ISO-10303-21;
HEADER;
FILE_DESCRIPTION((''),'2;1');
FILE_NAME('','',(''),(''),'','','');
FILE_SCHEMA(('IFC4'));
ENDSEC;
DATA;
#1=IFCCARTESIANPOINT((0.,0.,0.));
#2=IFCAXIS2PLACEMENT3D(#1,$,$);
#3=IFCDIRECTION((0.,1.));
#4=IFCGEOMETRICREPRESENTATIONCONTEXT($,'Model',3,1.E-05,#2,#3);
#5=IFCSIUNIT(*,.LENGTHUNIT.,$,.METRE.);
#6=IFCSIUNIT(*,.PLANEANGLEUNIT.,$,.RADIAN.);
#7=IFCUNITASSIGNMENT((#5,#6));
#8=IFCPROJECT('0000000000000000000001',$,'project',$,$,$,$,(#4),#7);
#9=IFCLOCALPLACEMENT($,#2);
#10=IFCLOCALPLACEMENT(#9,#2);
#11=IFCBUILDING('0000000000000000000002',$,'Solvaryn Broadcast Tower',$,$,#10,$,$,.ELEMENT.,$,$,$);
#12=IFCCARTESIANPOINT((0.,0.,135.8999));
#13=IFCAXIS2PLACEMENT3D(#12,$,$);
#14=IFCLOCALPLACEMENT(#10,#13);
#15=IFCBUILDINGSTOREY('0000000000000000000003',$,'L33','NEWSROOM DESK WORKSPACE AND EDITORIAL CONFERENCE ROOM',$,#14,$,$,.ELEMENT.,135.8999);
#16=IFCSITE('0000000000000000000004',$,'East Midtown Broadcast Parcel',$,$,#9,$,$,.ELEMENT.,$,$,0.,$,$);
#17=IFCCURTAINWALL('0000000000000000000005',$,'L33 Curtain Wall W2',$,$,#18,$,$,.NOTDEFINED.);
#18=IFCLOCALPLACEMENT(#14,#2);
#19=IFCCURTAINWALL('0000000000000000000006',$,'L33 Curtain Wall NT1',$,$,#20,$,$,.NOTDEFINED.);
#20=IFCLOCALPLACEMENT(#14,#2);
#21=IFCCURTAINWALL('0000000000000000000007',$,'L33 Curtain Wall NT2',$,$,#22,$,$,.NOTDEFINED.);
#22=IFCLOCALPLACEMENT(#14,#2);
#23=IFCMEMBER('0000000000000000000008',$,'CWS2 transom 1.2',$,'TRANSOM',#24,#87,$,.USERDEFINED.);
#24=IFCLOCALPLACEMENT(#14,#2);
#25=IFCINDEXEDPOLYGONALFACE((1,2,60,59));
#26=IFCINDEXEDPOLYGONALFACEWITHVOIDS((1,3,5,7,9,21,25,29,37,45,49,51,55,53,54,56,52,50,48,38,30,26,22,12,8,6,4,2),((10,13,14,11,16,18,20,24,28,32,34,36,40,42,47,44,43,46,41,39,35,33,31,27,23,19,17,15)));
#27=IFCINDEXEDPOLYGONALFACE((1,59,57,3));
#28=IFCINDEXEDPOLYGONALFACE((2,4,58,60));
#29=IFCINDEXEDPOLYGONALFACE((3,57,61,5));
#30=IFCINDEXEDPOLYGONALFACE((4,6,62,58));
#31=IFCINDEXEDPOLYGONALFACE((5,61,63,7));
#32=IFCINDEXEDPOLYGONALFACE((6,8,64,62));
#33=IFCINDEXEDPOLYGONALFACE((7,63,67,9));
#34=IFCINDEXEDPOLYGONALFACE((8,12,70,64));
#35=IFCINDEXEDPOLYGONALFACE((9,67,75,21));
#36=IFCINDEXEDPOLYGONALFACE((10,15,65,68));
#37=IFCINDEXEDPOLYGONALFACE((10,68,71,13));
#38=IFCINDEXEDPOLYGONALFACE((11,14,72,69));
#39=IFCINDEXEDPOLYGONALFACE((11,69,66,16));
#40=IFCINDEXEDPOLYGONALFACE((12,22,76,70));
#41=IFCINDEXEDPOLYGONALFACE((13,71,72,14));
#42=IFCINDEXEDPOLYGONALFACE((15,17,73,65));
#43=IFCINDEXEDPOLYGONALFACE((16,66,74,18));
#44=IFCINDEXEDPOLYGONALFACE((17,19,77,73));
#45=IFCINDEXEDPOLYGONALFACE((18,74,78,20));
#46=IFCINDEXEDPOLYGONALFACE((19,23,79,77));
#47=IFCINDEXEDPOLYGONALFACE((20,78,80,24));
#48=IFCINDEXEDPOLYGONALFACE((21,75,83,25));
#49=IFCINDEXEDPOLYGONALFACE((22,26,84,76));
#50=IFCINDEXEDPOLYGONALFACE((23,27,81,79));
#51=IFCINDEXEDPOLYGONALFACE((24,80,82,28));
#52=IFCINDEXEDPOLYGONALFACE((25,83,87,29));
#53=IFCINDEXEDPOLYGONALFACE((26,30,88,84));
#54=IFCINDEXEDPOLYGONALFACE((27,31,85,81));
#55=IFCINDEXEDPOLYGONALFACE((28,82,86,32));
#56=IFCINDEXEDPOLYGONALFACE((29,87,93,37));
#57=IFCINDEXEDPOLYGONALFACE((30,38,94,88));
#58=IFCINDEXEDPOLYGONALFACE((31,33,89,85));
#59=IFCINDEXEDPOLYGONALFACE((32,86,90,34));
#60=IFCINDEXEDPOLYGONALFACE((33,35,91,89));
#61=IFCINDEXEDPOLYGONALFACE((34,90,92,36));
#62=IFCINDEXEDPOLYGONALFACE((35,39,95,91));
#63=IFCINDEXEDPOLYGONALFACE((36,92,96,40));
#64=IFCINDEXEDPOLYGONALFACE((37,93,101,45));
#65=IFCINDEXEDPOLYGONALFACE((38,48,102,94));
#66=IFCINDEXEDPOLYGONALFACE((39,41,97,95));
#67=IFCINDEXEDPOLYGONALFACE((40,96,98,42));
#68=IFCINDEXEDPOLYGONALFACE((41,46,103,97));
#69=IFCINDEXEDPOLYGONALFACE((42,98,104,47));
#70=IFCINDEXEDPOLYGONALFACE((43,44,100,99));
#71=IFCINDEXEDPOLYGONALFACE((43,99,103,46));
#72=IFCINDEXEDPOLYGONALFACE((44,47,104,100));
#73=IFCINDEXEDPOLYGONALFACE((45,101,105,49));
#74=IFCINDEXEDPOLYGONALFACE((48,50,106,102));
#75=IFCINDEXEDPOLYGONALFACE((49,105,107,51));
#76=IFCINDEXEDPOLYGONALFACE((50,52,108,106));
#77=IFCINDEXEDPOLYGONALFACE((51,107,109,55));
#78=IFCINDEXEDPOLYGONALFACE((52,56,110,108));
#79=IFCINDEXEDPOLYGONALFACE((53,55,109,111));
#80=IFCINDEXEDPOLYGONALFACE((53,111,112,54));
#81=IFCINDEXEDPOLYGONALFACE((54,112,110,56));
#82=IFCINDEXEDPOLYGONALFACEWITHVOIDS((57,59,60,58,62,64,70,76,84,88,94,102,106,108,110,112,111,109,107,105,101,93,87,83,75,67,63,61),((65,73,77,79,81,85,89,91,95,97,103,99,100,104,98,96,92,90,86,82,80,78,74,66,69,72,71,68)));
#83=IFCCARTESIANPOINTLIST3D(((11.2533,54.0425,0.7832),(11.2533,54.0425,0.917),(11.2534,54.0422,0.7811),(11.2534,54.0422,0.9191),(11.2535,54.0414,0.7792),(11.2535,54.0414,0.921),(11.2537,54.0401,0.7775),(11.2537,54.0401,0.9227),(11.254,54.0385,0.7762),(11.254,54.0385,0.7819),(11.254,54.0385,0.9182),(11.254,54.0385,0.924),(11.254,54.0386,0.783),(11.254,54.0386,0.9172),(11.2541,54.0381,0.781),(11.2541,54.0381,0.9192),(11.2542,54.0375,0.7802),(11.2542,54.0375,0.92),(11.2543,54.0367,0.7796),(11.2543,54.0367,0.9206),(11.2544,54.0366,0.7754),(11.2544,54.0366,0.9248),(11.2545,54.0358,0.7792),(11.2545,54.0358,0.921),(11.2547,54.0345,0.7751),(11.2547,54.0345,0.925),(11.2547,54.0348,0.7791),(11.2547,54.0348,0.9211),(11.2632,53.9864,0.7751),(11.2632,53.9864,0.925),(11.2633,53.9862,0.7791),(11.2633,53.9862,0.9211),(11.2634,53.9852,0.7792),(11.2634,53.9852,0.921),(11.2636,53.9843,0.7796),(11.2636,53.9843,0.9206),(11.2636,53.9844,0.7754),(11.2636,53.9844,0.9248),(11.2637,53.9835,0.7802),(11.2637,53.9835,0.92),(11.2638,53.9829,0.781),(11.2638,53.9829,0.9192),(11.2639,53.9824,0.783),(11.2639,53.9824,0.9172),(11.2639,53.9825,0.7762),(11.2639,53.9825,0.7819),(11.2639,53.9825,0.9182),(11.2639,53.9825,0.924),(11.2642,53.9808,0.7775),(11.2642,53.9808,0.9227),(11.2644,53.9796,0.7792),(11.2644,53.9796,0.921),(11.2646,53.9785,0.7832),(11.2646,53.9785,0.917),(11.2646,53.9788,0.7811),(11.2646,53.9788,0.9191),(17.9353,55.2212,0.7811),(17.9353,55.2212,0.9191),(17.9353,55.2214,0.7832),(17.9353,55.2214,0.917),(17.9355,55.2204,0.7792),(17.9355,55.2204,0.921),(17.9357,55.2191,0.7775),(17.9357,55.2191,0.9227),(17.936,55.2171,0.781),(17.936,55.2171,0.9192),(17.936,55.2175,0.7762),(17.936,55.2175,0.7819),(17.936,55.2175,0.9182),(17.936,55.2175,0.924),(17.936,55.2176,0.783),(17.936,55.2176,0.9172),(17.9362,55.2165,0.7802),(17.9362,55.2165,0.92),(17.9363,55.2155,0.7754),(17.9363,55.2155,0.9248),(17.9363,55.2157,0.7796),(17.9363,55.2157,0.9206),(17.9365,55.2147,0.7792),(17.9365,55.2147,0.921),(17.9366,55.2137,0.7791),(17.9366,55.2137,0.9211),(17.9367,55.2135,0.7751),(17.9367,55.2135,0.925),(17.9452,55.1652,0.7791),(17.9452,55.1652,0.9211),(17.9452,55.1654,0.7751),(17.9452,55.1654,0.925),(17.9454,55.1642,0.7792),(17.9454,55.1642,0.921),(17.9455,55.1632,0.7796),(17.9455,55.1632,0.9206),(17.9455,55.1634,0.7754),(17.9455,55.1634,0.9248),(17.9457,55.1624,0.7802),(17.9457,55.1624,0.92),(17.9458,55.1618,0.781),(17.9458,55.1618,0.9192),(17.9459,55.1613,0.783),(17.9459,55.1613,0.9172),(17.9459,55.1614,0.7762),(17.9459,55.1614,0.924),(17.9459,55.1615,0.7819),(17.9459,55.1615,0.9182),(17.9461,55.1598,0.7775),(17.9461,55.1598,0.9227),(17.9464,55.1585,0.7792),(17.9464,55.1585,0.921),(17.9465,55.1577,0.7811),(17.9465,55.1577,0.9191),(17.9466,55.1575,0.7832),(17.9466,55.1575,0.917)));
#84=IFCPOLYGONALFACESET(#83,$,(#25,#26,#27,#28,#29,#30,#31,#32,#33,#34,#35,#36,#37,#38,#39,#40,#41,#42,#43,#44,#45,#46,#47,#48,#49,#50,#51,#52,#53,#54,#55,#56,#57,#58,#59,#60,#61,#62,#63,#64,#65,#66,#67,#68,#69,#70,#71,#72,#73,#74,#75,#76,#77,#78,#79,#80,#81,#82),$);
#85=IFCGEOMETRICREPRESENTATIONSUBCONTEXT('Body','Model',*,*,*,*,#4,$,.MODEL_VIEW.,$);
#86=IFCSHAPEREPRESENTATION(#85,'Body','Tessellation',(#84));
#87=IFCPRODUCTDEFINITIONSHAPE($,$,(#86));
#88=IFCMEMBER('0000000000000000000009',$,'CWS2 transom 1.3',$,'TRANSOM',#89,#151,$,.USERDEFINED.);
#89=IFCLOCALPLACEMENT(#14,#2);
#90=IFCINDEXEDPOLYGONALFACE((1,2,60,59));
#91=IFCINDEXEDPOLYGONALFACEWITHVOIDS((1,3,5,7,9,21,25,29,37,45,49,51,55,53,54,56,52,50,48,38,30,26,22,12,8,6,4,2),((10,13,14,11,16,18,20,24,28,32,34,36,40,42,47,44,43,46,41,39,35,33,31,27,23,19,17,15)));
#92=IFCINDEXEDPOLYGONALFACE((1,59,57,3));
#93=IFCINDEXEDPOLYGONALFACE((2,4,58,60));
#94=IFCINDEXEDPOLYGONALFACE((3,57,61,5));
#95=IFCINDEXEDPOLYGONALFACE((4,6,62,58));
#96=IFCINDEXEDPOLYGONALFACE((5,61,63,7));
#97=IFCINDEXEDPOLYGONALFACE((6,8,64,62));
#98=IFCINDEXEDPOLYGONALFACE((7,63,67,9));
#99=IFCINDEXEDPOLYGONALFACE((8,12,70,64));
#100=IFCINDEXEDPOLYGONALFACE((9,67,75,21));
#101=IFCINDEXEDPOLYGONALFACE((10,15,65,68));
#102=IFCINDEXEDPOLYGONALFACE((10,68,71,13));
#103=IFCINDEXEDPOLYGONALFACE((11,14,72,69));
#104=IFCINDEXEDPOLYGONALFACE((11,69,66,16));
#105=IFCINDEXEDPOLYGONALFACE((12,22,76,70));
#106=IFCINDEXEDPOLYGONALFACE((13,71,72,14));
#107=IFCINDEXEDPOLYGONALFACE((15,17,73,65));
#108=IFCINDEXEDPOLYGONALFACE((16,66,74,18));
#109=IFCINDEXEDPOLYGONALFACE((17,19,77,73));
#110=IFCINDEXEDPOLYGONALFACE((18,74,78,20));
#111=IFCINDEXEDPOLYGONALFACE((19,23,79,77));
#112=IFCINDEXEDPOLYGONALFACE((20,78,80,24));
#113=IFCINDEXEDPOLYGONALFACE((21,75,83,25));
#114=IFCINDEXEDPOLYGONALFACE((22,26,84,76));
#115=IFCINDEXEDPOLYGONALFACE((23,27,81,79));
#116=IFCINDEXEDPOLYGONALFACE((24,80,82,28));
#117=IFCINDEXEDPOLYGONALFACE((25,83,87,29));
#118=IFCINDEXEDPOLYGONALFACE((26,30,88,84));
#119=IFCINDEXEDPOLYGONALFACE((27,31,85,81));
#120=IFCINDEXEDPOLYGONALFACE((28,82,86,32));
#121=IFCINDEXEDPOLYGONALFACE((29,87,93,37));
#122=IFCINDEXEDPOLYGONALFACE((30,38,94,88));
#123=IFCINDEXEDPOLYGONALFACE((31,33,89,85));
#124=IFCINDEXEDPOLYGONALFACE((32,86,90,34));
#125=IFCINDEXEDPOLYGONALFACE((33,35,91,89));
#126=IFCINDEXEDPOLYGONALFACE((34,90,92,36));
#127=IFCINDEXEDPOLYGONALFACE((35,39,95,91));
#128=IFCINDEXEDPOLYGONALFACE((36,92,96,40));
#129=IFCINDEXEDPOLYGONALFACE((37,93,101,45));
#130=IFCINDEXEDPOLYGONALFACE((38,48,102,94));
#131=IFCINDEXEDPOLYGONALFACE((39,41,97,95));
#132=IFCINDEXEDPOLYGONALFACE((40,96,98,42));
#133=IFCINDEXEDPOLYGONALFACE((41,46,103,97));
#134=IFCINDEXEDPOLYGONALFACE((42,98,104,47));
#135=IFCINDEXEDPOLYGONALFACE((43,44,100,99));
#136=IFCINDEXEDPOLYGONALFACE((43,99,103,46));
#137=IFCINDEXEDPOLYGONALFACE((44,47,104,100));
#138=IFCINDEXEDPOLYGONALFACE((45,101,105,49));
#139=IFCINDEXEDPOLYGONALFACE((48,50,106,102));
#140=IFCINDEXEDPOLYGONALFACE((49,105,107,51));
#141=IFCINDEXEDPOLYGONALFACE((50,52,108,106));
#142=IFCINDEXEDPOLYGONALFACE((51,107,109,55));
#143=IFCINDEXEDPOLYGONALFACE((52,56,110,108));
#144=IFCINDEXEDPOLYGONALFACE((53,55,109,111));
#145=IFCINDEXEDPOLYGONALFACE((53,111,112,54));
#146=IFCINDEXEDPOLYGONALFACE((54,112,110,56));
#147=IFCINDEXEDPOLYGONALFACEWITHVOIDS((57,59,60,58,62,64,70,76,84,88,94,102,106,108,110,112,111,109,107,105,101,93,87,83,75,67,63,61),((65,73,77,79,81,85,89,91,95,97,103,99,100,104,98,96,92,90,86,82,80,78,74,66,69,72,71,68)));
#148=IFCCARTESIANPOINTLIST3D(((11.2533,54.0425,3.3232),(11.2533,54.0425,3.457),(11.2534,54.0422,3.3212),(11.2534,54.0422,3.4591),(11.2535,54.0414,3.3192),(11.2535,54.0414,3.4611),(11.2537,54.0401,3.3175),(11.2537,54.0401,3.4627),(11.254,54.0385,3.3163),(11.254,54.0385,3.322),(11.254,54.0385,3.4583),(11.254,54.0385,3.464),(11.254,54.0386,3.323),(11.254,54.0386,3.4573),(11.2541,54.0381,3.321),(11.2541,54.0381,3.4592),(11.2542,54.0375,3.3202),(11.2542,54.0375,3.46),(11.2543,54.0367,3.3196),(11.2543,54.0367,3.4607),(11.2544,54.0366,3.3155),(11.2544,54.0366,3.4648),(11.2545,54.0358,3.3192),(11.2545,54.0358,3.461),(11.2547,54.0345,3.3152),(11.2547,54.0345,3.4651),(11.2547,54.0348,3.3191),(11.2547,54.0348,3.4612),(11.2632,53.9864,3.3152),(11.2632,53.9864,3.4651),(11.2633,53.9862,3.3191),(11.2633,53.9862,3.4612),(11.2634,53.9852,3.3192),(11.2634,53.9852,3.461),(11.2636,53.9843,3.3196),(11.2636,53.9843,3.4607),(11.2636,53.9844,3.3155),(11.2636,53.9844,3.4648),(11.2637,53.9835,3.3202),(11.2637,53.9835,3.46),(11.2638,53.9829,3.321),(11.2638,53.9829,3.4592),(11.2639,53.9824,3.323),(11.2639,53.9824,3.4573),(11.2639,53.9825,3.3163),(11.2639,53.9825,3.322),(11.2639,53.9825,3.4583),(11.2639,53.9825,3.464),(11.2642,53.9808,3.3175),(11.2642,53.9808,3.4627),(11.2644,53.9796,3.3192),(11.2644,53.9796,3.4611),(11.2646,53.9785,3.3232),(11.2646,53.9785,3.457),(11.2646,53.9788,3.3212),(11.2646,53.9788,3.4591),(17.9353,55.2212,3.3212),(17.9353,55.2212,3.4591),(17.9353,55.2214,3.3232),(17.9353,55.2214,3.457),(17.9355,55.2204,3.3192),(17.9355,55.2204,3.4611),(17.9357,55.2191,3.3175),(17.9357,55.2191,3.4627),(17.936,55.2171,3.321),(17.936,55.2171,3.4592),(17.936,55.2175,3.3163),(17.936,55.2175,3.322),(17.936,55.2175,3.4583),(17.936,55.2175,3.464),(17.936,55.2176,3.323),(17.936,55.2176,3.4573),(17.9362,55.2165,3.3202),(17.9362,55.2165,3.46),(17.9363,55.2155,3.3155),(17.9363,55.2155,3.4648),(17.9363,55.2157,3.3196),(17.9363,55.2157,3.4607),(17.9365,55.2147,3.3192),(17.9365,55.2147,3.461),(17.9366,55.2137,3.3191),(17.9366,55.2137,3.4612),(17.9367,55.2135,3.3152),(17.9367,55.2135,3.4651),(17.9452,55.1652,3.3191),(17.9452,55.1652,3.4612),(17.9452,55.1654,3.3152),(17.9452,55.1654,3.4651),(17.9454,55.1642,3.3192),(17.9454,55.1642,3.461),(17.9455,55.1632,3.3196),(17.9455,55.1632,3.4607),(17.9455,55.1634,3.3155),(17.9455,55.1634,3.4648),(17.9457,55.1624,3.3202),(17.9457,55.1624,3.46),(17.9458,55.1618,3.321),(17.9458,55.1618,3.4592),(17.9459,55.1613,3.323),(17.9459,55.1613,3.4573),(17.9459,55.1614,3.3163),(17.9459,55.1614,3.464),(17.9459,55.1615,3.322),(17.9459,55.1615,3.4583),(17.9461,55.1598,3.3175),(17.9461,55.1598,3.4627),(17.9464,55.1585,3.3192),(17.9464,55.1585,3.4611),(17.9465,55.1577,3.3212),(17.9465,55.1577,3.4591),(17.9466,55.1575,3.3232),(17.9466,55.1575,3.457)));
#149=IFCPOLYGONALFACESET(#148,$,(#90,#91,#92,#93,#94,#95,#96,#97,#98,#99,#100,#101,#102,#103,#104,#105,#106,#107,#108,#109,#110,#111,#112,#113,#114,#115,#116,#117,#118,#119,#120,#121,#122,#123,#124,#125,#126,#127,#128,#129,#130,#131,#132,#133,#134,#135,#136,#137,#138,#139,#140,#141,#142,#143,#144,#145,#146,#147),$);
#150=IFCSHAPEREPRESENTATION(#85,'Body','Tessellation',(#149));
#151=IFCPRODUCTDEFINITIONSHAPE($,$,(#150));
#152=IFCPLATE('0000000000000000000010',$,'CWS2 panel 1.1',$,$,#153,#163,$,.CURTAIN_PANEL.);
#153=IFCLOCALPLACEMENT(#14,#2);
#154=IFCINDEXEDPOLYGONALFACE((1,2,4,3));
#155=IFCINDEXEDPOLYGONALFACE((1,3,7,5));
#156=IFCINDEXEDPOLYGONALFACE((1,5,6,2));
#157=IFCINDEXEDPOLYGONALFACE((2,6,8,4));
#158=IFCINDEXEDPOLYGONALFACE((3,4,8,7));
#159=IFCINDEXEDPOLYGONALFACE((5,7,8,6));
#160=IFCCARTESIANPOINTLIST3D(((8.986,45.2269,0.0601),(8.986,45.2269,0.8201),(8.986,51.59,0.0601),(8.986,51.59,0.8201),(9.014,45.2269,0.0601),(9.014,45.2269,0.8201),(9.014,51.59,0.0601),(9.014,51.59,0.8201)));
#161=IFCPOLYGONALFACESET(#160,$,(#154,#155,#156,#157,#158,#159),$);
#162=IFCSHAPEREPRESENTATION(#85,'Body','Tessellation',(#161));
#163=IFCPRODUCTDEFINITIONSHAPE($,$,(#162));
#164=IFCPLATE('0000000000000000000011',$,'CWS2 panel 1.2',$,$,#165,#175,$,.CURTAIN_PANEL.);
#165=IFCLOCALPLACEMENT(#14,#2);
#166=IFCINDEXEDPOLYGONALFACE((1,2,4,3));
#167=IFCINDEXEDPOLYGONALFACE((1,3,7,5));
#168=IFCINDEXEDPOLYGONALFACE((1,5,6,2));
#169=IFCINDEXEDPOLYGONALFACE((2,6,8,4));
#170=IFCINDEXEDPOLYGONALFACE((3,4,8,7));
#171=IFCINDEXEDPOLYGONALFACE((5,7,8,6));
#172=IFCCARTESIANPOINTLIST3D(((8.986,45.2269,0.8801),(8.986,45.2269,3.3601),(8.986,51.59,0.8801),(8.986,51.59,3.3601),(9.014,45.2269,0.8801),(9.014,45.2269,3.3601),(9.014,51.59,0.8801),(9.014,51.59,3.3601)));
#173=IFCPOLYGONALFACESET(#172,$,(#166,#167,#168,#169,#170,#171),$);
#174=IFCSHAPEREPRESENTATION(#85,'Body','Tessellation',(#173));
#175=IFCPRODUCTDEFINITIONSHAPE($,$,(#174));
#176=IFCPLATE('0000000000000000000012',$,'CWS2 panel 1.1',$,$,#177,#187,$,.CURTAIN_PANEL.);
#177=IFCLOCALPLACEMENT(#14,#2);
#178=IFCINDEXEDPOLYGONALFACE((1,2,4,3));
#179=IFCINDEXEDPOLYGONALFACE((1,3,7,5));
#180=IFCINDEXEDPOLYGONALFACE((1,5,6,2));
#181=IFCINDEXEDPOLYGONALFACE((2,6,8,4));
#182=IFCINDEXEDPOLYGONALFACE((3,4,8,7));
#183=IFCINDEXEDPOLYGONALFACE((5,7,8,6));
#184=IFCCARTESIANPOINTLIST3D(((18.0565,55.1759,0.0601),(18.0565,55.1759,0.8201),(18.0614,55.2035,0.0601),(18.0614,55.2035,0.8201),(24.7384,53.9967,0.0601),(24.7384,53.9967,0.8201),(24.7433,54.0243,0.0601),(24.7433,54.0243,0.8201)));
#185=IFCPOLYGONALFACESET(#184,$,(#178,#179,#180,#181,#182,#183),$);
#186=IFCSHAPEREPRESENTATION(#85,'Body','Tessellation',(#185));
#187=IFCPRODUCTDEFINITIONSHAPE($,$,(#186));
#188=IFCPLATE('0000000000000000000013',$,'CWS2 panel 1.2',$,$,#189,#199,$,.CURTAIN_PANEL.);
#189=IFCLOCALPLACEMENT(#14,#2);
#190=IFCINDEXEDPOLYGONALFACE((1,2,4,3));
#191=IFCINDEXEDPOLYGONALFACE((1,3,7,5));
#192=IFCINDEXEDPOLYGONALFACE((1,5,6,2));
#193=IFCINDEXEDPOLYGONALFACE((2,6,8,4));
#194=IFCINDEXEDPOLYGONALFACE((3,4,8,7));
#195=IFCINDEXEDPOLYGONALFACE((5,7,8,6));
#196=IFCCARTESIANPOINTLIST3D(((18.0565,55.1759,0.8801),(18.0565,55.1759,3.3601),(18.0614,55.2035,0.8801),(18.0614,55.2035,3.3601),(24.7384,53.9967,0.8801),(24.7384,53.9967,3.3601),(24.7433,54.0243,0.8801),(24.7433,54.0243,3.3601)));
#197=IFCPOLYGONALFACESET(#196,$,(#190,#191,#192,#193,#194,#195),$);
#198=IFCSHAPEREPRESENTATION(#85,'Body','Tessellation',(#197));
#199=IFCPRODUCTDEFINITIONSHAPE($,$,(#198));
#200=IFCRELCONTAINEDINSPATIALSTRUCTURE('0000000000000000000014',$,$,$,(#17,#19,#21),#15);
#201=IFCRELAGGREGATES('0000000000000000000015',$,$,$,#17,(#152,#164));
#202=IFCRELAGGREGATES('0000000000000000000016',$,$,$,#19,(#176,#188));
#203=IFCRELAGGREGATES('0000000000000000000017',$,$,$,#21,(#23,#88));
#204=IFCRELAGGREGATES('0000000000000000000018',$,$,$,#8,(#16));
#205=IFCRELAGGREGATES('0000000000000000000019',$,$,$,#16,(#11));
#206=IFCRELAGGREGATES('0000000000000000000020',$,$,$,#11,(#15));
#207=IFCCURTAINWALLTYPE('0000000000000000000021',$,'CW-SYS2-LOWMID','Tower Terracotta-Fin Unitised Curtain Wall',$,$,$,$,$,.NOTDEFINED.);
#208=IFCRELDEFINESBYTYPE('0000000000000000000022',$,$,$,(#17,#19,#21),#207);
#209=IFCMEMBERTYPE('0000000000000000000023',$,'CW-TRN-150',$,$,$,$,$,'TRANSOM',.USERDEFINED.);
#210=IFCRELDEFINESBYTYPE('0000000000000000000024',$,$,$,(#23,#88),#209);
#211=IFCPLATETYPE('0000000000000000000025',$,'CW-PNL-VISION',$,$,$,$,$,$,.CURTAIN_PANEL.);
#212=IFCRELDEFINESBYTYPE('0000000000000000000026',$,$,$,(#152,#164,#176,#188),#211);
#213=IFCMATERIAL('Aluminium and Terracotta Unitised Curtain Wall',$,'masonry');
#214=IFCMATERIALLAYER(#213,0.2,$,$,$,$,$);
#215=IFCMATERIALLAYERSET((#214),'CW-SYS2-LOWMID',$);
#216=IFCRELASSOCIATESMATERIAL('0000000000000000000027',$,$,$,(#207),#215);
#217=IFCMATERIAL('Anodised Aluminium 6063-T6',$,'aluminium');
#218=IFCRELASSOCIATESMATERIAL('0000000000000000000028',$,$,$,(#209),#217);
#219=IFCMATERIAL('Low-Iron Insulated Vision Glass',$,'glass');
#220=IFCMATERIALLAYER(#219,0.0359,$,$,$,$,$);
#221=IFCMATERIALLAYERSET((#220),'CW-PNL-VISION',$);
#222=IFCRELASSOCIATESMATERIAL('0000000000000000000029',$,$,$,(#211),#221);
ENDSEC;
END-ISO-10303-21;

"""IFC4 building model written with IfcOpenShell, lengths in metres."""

from ifc_helpers import new_model, si_unit, direction, frame, origin, origin_2d, place, context, subcontext, project, spatial, rectangle, hollow_rectangle, extrude, material, layer, layer_set, material_profile, profile_set, type_object, element, aggregate, save


model = new_model("IFC4")

# Units and contexts
model_context = context("Model", 3, precision=1e-05, world=origin(), true_north=direction((0.0, 1.0)))
body_context = subcontext(model_context, "Body", "Model", "MODEL_VIEW")
ifc_project = project(units=[si_unit("LENGTHUNIT", "METRE"), si_unit("PLANEANGLEUNIT", "RADIAN")], contexts=[model_context])

# Site, building, storey
site_placement = place(None, origin())
site = spatial("IfcSite", under=ifc_project, at=site_placement, Name="East Midtown Broadcast Parcel", CompositionType="ELEMENT", RefElevation=0.0)
building_placement = place(site_placement, origin())
building = spatial("IfcBuilding", under=site, at=building_placement, Name="Solvaryn Broadcast Tower", CompositionType="ELEMENT")
storey_placement = place(building_placement, frame((0.0, 0.0, 135.8999)))
storey = spatial("IfcBuildingStorey", under=building, at=storey_placement, Name="L33", Description="NEWSROOM DESK WORKSPACE AND EDITORIAL CONFERENCE ROOM", CompositionType="ELEMENT", Elevation=135.8999)

# Curtain walls
ifc_material_1 = material(Name="Aluminium and Terracotta Unitised Curtain Wall", Category="masonry")
ifc_layer_1 = layer(ifc_material_1, 0.2)
ifc_layer_set_1 = layer_set([ifc_layer_1], Name="CW-SYS2-LOWMID")
curtain_wall_type = type_object("IfcCurtainWallType", Name="CW-SYS2-LOWMID", Description="Tower Terracotta-Fin Unitised Curtain Wall", PredefinedType="NOTDEFINED", material=ifc_layer_set_1)
curtain_wall_1_placement = place(storey_placement, origin())
curtain_wall_1 = element("IfcCurtainWall", 1, at=curtain_wall_1_placement, inside=storey, type_object=curtain_wall_type, Name="L33 Curtain Wall W2", PredefinedType="NOTDEFINED")
curtain_wall_2_placement = place(storey_placement, origin())
curtain_wall_2 = element("IfcCurtainWall", 2, at=curtain_wall_2_placement, inside=storey, type_object=curtain_wall_type, Name="L33 Curtain Wall NT1", PredefinedType="NOTDEFINED")

# Curtain wall
curtain_wall_3_placement = place(storey_placement, origin())
curtain_wall_3 = element("IfcCurtainWall", 3, at=curtain_wall_3_placement, inside=storey, type_object=curtain_wall_type, Name="L33 Curtain Wall NT2", PredefinedType="NOTDEFINED")

# Members
ifc_material_2 = material(Name="Anodised Aluminium 6063-T6", Category="aluminium")
ifc_material_profile_1 = material_profile(ifc_material_2, hollow_rectangle(XDim=0.0649, YDim=0.1499, WallThickness=0.0039, InnerFilletRadius=0.0039, OuterFilletRadius=0.0081, at=origin_2d()))
ifc_profile_set_1 = profile_set([ifc_material_profile_1], Name="Anodised Aluminium 6063-T6")
member_type_1 = type_object("IfcMemberType", Name="CW-TRN-150", ElementType="TRANSOM", PredefinedType="USERDEFINED", material=ifc_profile_set_1)
member_1_placement = place(storey_placement, frame((17.9409, 55.1895, 0.8501), z_axis=(-0.984789, -0.173757, 0.0), x_axis=(0.173757, -0.984789, 0.0)))
member_1 = element("IfcMember", 4, at=member_1_placement, type_object=member_type_1, Name="CWS2 transom 1.2", ObjectType="TRANSOM", PredefinedType="USERDEFINED", context=body_context, shape_type="SweptSolid", body=[
    extrude(hollow_rectangle(XDim=0.0649, YDim=0.1499, WallThickness=0.0039, InnerFilletRadius=0.0039, OuterFilletRadius=0.0081, at=origin_2d()), origin(), (0.0, 0.0, 1.0), 6.7852),
])
member_2_placement = place(storey_placement, frame((17.9409, 55.1895, 3.3901), z_axis=(-0.984789, -0.173757, 0.0), x_axis=(0.173757, -0.984789, 0.0)))
member_2 = element("IfcMember", 5, at=member_2_placement, type_object=member_type_1, Name="CWS2 transom 1.3", ObjectType="TRANSOM", PredefinedType="USERDEFINED", context=body_context, shape_type="SweptSolid", body=[
    extrude(hollow_rectangle(XDim=0.0649, YDim=0.1499, WallThickness=0.0039, InnerFilletRadius=0.0039, OuterFilletRadius=0.0081, at=origin_2d()), origin(), (0.0, 0.0, 1.0), 6.7852),
])

# Plates
ifc_material_3 = material(Name="Low-Iron Insulated Vision Glass", Category="glass")
ifc_layer_2 = layer(ifc_material_3, 0.0359)
ifc_layer_set_2 = layer_set([ifc_layer_2], Name="CW-PNL-VISION")
plate_type = type_object("IfcPlateType", Name="CW-PNL-VISION", PredefinedType="CURTAIN_PANEL", material=ifc_layer_set_2)
plate_1_placement = place(storey_placement, frame((9.0, 48.4084, 0.0601), z_axis=(0.0, 0.0, 1.0), x_axis=(0.0, 1.0, 0.0)))
plate_1 = element("IfcPlate", 6, at=plate_1_placement, type_object=plate_type, Name="CWS2 panel 1.1", PredefinedType="CURTAIN_PANEL", context=body_context, shape_type="SweptSolid", body=[
    extrude(rectangle(XDim=6.363, YDim=0.0281, at=origin_2d()), origin(), (0.0, 0.0, 1.0), 0.76),
])
plate_2_placement = place(storey_placement, frame((9.0, 48.4084, 0.8801), z_axis=(0.0, 0.0, 1.0), x_axis=(0.0, 1.0, 0.0)))
plate_2 = element("IfcPlate", 7, at=plate_2_placement, type_object=plate_type, Name="CWS2 panel 1.2", PredefinedType="CURTAIN_PANEL", context=body_context, shape_type="SweptSolid", body=[
    extrude(rectangle(XDim=6.363, YDim=0.0281, at=origin_2d()), origin(), (0.0, 0.0, 1.0), 2.48),
])
aggregate(curtain_wall_1, [plate_1, plate_2])
plate_3_placement = place(storey_placement, frame((21.3999, 54.6001, 0.0601), z_axis=(0.0, 0.0, 1.0), x_axis=(-0.984784, 0.173785, 0.0)))
plate_3 = element("IfcPlate", 8, at=plate_3_placement, type_object=plate_type, Name="CWS2 panel 1.1", PredefinedType="CURTAIN_PANEL", context=body_context, shape_type="SweptSolid", body=[
    extrude(rectangle(XDim=6.7852, YDim=0.0281, at=origin_2d()), origin(), (0.0, 0.0, 1.0), 0.76),
])
plate_4_placement = place(storey_placement, frame((21.3999, 54.6001, 0.8801), z_axis=(0.0, 0.0, 1.0), x_axis=(-0.984784, 0.173785, 0.0)))
plate_4 = element("IfcPlate", 9, at=plate_4_placement, type_object=plate_type, Name="CWS2 panel 1.2", PredefinedType="CURTAIN_PANEL", context=body_context, shape_type="SweptSolid", body=[
    extrude(rectangle(XDim=6.7852, YDim=0.0281, at=origin_2d()), origin(), (0.0, 0.0, 1.0), 2.48),
])
aggregate(curtain_wall_2, [plate_3, plate_4])
aggregate(curtain_wall_3, [member_1, member_2])

save(model, "model.ifc")
